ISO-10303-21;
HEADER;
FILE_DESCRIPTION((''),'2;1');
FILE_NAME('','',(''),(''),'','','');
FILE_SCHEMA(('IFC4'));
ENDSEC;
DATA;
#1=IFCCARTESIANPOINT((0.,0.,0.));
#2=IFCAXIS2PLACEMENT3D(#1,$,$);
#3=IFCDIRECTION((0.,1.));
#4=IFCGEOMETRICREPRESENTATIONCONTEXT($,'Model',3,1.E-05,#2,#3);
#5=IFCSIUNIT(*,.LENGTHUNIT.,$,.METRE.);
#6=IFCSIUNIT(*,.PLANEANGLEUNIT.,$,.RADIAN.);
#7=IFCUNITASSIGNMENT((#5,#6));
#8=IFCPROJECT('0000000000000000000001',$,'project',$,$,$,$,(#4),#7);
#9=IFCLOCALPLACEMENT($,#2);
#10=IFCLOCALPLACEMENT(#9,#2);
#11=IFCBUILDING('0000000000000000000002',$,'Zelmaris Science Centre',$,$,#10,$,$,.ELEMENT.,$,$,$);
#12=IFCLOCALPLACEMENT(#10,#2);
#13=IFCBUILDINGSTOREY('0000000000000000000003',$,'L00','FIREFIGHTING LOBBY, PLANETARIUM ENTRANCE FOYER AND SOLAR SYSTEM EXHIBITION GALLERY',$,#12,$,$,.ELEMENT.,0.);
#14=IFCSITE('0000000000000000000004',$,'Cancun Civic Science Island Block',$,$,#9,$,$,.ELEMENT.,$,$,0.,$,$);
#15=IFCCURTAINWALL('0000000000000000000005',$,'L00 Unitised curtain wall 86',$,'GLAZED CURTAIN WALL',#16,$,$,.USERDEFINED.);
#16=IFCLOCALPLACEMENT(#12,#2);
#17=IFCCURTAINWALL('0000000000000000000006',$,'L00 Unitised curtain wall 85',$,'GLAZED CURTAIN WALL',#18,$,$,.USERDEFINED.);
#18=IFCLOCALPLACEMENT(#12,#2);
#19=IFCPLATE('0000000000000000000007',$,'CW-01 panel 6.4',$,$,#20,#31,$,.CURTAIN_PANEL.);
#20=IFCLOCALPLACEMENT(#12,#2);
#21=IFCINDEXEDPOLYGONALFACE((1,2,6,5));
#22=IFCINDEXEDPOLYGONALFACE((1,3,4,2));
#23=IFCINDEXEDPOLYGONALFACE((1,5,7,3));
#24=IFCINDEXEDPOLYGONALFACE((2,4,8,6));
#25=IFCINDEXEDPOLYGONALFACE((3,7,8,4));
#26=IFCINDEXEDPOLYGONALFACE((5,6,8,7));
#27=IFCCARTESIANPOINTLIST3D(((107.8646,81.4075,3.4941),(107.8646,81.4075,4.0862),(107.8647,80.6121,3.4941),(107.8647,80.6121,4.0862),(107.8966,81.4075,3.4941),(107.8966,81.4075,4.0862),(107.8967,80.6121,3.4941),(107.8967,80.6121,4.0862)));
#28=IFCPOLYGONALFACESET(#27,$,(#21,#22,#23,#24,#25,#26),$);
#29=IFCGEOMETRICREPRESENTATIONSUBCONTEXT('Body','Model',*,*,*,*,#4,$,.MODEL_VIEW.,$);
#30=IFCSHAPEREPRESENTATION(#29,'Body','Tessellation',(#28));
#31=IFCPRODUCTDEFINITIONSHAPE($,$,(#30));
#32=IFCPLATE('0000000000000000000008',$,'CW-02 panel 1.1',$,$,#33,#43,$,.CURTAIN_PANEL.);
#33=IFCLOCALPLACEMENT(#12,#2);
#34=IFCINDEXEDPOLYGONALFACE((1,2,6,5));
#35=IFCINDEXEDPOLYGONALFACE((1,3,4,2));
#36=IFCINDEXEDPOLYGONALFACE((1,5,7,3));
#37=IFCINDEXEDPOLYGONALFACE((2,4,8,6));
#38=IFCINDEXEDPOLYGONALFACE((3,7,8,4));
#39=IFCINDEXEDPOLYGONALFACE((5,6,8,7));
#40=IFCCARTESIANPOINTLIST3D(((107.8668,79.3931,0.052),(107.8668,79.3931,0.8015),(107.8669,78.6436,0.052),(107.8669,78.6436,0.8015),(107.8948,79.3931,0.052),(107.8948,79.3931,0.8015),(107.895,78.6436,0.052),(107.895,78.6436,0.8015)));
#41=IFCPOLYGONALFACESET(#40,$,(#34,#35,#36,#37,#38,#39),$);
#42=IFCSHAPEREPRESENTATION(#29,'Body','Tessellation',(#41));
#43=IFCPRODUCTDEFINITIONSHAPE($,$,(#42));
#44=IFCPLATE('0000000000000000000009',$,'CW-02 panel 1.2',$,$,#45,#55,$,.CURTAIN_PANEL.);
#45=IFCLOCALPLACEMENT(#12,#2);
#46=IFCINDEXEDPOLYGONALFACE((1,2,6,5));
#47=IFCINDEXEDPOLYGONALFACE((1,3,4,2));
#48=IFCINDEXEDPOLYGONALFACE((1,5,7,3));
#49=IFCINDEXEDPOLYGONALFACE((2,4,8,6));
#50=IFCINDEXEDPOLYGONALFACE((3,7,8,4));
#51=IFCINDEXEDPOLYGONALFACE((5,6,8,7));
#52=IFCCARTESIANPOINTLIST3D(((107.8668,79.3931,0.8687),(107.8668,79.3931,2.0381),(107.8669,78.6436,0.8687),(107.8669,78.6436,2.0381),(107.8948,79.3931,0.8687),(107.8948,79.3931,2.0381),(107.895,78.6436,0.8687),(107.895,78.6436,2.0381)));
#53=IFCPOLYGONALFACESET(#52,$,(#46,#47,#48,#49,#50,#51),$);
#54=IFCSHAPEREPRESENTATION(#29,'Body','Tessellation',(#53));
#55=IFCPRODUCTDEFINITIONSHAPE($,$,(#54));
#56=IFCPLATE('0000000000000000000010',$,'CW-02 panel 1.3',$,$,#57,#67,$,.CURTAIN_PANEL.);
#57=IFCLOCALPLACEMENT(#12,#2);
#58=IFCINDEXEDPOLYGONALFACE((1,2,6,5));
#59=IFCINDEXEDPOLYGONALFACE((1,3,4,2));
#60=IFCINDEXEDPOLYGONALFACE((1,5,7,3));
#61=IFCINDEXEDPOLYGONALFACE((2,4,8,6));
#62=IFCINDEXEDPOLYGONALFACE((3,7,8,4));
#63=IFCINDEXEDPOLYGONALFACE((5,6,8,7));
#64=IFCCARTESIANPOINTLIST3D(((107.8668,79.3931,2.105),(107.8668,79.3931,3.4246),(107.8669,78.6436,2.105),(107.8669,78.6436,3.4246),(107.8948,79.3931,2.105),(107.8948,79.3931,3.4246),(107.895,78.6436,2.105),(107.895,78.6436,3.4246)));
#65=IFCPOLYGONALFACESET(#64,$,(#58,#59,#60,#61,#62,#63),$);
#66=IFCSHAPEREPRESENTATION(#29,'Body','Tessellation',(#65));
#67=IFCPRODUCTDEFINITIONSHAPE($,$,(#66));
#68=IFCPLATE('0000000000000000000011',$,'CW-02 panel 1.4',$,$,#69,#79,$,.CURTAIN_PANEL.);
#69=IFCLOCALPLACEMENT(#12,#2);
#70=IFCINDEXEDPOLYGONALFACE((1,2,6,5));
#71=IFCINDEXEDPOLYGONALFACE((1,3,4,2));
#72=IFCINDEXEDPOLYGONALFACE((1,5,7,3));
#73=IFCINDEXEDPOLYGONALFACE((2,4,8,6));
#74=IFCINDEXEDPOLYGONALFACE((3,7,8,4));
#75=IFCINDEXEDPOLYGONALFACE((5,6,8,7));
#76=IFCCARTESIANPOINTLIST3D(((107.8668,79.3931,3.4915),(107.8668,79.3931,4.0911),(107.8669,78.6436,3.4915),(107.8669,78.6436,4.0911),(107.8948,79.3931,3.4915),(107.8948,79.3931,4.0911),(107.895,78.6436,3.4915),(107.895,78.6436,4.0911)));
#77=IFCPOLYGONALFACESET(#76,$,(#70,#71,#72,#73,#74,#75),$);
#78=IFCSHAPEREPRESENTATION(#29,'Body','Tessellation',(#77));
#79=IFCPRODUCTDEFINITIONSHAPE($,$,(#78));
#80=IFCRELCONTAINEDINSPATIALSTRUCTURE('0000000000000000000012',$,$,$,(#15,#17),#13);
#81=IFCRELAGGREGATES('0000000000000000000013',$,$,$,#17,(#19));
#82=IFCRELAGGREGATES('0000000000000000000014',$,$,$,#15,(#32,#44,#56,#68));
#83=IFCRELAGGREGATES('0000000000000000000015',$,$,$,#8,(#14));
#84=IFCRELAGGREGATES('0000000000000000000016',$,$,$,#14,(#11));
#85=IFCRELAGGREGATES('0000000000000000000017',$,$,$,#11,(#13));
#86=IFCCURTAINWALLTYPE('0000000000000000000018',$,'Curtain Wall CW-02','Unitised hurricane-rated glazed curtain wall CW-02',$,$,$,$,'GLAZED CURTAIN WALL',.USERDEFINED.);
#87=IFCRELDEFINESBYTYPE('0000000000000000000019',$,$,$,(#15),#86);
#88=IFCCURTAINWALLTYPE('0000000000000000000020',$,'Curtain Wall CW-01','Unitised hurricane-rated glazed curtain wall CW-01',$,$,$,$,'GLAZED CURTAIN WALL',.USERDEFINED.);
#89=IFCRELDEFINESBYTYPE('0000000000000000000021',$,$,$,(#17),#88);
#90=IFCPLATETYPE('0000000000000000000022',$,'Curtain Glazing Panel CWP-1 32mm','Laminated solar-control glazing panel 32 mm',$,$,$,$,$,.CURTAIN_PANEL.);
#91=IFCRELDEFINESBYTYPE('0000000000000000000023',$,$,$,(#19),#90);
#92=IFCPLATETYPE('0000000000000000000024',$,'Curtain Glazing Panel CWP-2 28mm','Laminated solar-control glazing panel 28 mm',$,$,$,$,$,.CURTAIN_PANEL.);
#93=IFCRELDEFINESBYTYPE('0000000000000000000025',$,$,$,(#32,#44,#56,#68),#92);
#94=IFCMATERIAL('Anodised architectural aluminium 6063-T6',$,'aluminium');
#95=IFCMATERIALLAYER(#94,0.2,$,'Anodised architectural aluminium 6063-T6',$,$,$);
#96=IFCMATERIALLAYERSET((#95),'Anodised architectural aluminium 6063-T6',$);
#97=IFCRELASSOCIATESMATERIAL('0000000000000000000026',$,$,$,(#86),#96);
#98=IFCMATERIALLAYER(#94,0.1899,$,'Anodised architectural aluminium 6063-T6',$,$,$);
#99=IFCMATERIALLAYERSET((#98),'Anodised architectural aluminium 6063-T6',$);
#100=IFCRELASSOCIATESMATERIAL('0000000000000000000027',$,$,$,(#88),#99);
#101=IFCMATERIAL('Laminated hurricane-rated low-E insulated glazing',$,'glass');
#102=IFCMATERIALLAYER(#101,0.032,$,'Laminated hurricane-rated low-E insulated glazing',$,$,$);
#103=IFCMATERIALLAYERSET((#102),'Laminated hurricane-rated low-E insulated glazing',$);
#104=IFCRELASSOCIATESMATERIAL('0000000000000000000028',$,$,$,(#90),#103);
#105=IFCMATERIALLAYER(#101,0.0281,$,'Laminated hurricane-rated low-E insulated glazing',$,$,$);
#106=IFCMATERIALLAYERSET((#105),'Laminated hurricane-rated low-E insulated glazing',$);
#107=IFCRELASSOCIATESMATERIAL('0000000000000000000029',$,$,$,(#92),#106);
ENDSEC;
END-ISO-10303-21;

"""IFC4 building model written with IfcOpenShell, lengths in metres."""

from ifc_helpers import new_model, si_unit, direction, frame, origin, origin_2d, place, context, subcontext, project, spatial, rectangle, extrude, material, layer, layer_set, type_object, element, aggregate, save


model = new_model("IFC4")

# Units and contexts
model_context = context("Model", 3, precision=1e-05, world=origin(), true_north=direction((0.0, 1.0)))
body_context = subcontext(model_context, "Body", "Model", "MODEL_VIEW")
ifc_project = project(units=[si_unit("LENGTHUNIT", "METRE"), si_unit("PLANEANGLEUNIT", "RADIAN")], contexts=[model_context])

# Site, building, storey
site_placement = place(None, origin())
site = spatial("IfcSite", under=ifc_project, at=site_placement, Name="Cancun Civic Science Island Block", CompositionType="ELEMENT", RefElevation=0.0)
building_placement = place(site_placement, origin())
building = spatial("IfcBuilding", under=site, at=building_placement, Name="Zelmaris Science Centre", CompositionType="ELEMENT")
storey_placement = place(building_placement, origin())
storey = spatial("IfcBuildingStorey", under=building, at=storey_placement, Name="L00", Description="FIREFIGHTING LOBBY, PLANETARIUM ENTRANCE FOYER AND SOLAR SYSTEM EXHIBITION GALLERY", CompositionType="ELEMENT", Elevation=0.0)

# Curtain walls
ifc_material_1 = material(Name="Anodised architectural aluminium 6063-T6", Category="aluminium")
ifc_layer_1 = layer(ifc_material_1, 0.2, Name="Anodised architectural aluminium 6063-T6")
ifc_layer_set_1 = layer_set([ifc_layer_1], Name="Anodised architectural aluminium 6063-T6")
curtain_wall_type_1 = type_object("IfcCurtainWallType", Name="Curtain Wall CW-02", Description="Unitised hurricane-rated glazed curtain wall CW-02", ElementType="GLAZED CURTAIN WALL", PredefinedType="USERDEFINED", material=ifc_layer_set_1)
curtain_wall_1_placement = place(storey_placement, origin())
curtain_wall_1 = element("IfcCurtainWall", 1, at=curtain_wall_1_placement, inside=storey, type_object=curtain_wall_type_1, Name="L00 Unitised curtain wall 86", ObjectType="GLAZED CURTAIN WALL", PredefinedType="USERDEFINED")
ifc_layer_2 = layer(ifc_material_1, 0.1899, Name="Anodised architectural aluminium 6063-T6")
ifc_layer_set_2 = layer_set([ifc_layer_2], Name="Anodised architectural aluminium 6063-T6")
curtain_wall_type_2 = type_object("IfcCurtainWallType", Name="Curtain Wall CW-01", Description="Unitised hurricane-rated glazed curtain wall CW-01", ElementType="GLAZED CURTAIN WALL", PredefinedType="USERDEFINED", material=ifc_layer_set_2)
curtain_wall_2_placement = place(storey_placement, origin())
curtain_wall_2 = element("IfcCurtainWall", 2, at=curtain_wall_2_placement, inside=storey, type_object=curtain_wall_type_2, Name="L00 Unitised curtain wall 85", ObjectType="GLAZED CURTAIN WALL", PredefinedType="USERDEFINED")

# Plates
ifc_material_2 = material(Name="Laminated hurricane-rated low-E insulated glazing", Category="glass")
ifc_layer_3 = layer(ifc_material_2, 0.032, Name="Laminated hurricane-rated low-E insulated glazing")
ifc_layer_set_3 = layer_set([ifc_layer_3], Name="Laminated hurricane-rated low-E insulated glazing")
plate_type_1 = type_object("IfcPlateType", Name="Curtain Glazing Panel CWP-1 32mm", Description="Laminated solar-control glazing panel 32 mm", PredefinedType="CURTAIN_PANEL", material=ifc_layer_set_3)
plate_1_placement = place(storey_placement, frame((107.8806, 81.0098, 3.4941), z_axis=(0.0, 0.0, 1.0), x_axis=(0.000129, -1.0, 0.0)))
plate_1 = element("IfcPlate", 3, at=plate_1_placement, type_object=plate_type_1, Name="CW-01 panel 6.4", PredefinedType="CURTAIN_PANEL", context=body_context, shape_type="SweptSolid", body=[
    extrude(rectangle(XDim=0.7954, YDim=0.032, at=origin_2d()), origin(), (0.0, 0.0, 1.0), 0.592),
])
aggregate(curtain_wall_2, [plate_1])
ifc_layer_4 = layer(ifc_material_2, 0.0281, Name="Laminated hurricane-rated low-E insulated glazing")
ifc_layer_set_4 = layer_set([ifc_layer_4], Name="Laminated hurricane-rated low-E insulated glazing")
plate_type_2 = type_object("IfcPlateType", Name="Curtain Glazing Panel CWP-2 28mm", Description="Laminated solar-control glazing panel 28 mm", PredefinedType="CURTAIN_PANEL", material=ifc_layer_set_4)
plate_2_placement = place(storey_placement, frame((107.8809, 79.0183, 0.052), z_axis=(0.0, 0.0, 1.0), x_axis=(0.000147, -1.0, 0.0)))
plate_2 = element("IfcPlate", 4, at=plate_2_placement, type_object=plate_type_2, Name="CW-02 panel 1.1", PredefinedType="CURTAIN_PANEL", context=body_context, shape_type="SweptSolid", body=[
    extrude(rectangle(XDim=0.7495, YDim=0.0281, at=origin_2d()), origin(), (0.0, 0.0, 1.0), 0.7495),
])
plate_3_placement = place(storey_placement, frame((107.8809, 79.0183, 0.8687), z_axis=(0.0, 0.0, 1.0), x_axis=(0.000147, -1.0, 0.0)))
plate_3 = element("IfcPlate", 5, at=plate_3_placement, type_object=plate_type_2, Name="CW-02 panel 1.2", PredefinedType="CURTAIN_PANEL", context=body_context, shape_type="SweptSolid", body=[
    extrude(rectangle(XDim=0.7495, YDim=0.0281, at=origin_2d()), origin(), (0.0, 0.0, 1.0), 1.1694),
])
plate_4_placement = place(storey_placement, frame((107.8809, 79.0183, 2.105), z_axis=(0.0, 0.0, 1.0), x_axis=(0.000147, -1.0, 0.0)))
plate_4 = element("IfcPlate", 6, at=plate_4_placement, type_object=plate_type_2, Name="CW-02 panel 1.3", PredefinedType="CURTAIN_PANEL", context=body_context, shape_type="SweptSolid", body=[
    extrude(rectangle(XDim=0.7495, YDim=0.0281, at=origin_2d()), origin(), (0.0, 0.0, 1.0), 1.3196),
])
plate_5_placement = place(storey_placement, frame((107.8809, 79.0183, 3.4915), z_axis=(0.0, 0.0, 1.0), x_axis=(0.000147, -1.0, 0.0)))
plate_5 = element("IfcPlate", 7, at=plate_5_placement, type_object=plate_type_2, Name="CW-02 panel 1.4", PredefinedType="CURTAIN_PANEL", context=body_context, shape_type="SweptSolid", body=[
    extrude(rectangle(XDim=0.7495, YDim=0.0281, at=origin_2d()), origin(), (0.0, 0.0, 1.0), 0.5996),
])
aggregate(curtain_wall_1, [plate_2, plate_3, plate_4, plate_5])

save(model, "model.ifc")
